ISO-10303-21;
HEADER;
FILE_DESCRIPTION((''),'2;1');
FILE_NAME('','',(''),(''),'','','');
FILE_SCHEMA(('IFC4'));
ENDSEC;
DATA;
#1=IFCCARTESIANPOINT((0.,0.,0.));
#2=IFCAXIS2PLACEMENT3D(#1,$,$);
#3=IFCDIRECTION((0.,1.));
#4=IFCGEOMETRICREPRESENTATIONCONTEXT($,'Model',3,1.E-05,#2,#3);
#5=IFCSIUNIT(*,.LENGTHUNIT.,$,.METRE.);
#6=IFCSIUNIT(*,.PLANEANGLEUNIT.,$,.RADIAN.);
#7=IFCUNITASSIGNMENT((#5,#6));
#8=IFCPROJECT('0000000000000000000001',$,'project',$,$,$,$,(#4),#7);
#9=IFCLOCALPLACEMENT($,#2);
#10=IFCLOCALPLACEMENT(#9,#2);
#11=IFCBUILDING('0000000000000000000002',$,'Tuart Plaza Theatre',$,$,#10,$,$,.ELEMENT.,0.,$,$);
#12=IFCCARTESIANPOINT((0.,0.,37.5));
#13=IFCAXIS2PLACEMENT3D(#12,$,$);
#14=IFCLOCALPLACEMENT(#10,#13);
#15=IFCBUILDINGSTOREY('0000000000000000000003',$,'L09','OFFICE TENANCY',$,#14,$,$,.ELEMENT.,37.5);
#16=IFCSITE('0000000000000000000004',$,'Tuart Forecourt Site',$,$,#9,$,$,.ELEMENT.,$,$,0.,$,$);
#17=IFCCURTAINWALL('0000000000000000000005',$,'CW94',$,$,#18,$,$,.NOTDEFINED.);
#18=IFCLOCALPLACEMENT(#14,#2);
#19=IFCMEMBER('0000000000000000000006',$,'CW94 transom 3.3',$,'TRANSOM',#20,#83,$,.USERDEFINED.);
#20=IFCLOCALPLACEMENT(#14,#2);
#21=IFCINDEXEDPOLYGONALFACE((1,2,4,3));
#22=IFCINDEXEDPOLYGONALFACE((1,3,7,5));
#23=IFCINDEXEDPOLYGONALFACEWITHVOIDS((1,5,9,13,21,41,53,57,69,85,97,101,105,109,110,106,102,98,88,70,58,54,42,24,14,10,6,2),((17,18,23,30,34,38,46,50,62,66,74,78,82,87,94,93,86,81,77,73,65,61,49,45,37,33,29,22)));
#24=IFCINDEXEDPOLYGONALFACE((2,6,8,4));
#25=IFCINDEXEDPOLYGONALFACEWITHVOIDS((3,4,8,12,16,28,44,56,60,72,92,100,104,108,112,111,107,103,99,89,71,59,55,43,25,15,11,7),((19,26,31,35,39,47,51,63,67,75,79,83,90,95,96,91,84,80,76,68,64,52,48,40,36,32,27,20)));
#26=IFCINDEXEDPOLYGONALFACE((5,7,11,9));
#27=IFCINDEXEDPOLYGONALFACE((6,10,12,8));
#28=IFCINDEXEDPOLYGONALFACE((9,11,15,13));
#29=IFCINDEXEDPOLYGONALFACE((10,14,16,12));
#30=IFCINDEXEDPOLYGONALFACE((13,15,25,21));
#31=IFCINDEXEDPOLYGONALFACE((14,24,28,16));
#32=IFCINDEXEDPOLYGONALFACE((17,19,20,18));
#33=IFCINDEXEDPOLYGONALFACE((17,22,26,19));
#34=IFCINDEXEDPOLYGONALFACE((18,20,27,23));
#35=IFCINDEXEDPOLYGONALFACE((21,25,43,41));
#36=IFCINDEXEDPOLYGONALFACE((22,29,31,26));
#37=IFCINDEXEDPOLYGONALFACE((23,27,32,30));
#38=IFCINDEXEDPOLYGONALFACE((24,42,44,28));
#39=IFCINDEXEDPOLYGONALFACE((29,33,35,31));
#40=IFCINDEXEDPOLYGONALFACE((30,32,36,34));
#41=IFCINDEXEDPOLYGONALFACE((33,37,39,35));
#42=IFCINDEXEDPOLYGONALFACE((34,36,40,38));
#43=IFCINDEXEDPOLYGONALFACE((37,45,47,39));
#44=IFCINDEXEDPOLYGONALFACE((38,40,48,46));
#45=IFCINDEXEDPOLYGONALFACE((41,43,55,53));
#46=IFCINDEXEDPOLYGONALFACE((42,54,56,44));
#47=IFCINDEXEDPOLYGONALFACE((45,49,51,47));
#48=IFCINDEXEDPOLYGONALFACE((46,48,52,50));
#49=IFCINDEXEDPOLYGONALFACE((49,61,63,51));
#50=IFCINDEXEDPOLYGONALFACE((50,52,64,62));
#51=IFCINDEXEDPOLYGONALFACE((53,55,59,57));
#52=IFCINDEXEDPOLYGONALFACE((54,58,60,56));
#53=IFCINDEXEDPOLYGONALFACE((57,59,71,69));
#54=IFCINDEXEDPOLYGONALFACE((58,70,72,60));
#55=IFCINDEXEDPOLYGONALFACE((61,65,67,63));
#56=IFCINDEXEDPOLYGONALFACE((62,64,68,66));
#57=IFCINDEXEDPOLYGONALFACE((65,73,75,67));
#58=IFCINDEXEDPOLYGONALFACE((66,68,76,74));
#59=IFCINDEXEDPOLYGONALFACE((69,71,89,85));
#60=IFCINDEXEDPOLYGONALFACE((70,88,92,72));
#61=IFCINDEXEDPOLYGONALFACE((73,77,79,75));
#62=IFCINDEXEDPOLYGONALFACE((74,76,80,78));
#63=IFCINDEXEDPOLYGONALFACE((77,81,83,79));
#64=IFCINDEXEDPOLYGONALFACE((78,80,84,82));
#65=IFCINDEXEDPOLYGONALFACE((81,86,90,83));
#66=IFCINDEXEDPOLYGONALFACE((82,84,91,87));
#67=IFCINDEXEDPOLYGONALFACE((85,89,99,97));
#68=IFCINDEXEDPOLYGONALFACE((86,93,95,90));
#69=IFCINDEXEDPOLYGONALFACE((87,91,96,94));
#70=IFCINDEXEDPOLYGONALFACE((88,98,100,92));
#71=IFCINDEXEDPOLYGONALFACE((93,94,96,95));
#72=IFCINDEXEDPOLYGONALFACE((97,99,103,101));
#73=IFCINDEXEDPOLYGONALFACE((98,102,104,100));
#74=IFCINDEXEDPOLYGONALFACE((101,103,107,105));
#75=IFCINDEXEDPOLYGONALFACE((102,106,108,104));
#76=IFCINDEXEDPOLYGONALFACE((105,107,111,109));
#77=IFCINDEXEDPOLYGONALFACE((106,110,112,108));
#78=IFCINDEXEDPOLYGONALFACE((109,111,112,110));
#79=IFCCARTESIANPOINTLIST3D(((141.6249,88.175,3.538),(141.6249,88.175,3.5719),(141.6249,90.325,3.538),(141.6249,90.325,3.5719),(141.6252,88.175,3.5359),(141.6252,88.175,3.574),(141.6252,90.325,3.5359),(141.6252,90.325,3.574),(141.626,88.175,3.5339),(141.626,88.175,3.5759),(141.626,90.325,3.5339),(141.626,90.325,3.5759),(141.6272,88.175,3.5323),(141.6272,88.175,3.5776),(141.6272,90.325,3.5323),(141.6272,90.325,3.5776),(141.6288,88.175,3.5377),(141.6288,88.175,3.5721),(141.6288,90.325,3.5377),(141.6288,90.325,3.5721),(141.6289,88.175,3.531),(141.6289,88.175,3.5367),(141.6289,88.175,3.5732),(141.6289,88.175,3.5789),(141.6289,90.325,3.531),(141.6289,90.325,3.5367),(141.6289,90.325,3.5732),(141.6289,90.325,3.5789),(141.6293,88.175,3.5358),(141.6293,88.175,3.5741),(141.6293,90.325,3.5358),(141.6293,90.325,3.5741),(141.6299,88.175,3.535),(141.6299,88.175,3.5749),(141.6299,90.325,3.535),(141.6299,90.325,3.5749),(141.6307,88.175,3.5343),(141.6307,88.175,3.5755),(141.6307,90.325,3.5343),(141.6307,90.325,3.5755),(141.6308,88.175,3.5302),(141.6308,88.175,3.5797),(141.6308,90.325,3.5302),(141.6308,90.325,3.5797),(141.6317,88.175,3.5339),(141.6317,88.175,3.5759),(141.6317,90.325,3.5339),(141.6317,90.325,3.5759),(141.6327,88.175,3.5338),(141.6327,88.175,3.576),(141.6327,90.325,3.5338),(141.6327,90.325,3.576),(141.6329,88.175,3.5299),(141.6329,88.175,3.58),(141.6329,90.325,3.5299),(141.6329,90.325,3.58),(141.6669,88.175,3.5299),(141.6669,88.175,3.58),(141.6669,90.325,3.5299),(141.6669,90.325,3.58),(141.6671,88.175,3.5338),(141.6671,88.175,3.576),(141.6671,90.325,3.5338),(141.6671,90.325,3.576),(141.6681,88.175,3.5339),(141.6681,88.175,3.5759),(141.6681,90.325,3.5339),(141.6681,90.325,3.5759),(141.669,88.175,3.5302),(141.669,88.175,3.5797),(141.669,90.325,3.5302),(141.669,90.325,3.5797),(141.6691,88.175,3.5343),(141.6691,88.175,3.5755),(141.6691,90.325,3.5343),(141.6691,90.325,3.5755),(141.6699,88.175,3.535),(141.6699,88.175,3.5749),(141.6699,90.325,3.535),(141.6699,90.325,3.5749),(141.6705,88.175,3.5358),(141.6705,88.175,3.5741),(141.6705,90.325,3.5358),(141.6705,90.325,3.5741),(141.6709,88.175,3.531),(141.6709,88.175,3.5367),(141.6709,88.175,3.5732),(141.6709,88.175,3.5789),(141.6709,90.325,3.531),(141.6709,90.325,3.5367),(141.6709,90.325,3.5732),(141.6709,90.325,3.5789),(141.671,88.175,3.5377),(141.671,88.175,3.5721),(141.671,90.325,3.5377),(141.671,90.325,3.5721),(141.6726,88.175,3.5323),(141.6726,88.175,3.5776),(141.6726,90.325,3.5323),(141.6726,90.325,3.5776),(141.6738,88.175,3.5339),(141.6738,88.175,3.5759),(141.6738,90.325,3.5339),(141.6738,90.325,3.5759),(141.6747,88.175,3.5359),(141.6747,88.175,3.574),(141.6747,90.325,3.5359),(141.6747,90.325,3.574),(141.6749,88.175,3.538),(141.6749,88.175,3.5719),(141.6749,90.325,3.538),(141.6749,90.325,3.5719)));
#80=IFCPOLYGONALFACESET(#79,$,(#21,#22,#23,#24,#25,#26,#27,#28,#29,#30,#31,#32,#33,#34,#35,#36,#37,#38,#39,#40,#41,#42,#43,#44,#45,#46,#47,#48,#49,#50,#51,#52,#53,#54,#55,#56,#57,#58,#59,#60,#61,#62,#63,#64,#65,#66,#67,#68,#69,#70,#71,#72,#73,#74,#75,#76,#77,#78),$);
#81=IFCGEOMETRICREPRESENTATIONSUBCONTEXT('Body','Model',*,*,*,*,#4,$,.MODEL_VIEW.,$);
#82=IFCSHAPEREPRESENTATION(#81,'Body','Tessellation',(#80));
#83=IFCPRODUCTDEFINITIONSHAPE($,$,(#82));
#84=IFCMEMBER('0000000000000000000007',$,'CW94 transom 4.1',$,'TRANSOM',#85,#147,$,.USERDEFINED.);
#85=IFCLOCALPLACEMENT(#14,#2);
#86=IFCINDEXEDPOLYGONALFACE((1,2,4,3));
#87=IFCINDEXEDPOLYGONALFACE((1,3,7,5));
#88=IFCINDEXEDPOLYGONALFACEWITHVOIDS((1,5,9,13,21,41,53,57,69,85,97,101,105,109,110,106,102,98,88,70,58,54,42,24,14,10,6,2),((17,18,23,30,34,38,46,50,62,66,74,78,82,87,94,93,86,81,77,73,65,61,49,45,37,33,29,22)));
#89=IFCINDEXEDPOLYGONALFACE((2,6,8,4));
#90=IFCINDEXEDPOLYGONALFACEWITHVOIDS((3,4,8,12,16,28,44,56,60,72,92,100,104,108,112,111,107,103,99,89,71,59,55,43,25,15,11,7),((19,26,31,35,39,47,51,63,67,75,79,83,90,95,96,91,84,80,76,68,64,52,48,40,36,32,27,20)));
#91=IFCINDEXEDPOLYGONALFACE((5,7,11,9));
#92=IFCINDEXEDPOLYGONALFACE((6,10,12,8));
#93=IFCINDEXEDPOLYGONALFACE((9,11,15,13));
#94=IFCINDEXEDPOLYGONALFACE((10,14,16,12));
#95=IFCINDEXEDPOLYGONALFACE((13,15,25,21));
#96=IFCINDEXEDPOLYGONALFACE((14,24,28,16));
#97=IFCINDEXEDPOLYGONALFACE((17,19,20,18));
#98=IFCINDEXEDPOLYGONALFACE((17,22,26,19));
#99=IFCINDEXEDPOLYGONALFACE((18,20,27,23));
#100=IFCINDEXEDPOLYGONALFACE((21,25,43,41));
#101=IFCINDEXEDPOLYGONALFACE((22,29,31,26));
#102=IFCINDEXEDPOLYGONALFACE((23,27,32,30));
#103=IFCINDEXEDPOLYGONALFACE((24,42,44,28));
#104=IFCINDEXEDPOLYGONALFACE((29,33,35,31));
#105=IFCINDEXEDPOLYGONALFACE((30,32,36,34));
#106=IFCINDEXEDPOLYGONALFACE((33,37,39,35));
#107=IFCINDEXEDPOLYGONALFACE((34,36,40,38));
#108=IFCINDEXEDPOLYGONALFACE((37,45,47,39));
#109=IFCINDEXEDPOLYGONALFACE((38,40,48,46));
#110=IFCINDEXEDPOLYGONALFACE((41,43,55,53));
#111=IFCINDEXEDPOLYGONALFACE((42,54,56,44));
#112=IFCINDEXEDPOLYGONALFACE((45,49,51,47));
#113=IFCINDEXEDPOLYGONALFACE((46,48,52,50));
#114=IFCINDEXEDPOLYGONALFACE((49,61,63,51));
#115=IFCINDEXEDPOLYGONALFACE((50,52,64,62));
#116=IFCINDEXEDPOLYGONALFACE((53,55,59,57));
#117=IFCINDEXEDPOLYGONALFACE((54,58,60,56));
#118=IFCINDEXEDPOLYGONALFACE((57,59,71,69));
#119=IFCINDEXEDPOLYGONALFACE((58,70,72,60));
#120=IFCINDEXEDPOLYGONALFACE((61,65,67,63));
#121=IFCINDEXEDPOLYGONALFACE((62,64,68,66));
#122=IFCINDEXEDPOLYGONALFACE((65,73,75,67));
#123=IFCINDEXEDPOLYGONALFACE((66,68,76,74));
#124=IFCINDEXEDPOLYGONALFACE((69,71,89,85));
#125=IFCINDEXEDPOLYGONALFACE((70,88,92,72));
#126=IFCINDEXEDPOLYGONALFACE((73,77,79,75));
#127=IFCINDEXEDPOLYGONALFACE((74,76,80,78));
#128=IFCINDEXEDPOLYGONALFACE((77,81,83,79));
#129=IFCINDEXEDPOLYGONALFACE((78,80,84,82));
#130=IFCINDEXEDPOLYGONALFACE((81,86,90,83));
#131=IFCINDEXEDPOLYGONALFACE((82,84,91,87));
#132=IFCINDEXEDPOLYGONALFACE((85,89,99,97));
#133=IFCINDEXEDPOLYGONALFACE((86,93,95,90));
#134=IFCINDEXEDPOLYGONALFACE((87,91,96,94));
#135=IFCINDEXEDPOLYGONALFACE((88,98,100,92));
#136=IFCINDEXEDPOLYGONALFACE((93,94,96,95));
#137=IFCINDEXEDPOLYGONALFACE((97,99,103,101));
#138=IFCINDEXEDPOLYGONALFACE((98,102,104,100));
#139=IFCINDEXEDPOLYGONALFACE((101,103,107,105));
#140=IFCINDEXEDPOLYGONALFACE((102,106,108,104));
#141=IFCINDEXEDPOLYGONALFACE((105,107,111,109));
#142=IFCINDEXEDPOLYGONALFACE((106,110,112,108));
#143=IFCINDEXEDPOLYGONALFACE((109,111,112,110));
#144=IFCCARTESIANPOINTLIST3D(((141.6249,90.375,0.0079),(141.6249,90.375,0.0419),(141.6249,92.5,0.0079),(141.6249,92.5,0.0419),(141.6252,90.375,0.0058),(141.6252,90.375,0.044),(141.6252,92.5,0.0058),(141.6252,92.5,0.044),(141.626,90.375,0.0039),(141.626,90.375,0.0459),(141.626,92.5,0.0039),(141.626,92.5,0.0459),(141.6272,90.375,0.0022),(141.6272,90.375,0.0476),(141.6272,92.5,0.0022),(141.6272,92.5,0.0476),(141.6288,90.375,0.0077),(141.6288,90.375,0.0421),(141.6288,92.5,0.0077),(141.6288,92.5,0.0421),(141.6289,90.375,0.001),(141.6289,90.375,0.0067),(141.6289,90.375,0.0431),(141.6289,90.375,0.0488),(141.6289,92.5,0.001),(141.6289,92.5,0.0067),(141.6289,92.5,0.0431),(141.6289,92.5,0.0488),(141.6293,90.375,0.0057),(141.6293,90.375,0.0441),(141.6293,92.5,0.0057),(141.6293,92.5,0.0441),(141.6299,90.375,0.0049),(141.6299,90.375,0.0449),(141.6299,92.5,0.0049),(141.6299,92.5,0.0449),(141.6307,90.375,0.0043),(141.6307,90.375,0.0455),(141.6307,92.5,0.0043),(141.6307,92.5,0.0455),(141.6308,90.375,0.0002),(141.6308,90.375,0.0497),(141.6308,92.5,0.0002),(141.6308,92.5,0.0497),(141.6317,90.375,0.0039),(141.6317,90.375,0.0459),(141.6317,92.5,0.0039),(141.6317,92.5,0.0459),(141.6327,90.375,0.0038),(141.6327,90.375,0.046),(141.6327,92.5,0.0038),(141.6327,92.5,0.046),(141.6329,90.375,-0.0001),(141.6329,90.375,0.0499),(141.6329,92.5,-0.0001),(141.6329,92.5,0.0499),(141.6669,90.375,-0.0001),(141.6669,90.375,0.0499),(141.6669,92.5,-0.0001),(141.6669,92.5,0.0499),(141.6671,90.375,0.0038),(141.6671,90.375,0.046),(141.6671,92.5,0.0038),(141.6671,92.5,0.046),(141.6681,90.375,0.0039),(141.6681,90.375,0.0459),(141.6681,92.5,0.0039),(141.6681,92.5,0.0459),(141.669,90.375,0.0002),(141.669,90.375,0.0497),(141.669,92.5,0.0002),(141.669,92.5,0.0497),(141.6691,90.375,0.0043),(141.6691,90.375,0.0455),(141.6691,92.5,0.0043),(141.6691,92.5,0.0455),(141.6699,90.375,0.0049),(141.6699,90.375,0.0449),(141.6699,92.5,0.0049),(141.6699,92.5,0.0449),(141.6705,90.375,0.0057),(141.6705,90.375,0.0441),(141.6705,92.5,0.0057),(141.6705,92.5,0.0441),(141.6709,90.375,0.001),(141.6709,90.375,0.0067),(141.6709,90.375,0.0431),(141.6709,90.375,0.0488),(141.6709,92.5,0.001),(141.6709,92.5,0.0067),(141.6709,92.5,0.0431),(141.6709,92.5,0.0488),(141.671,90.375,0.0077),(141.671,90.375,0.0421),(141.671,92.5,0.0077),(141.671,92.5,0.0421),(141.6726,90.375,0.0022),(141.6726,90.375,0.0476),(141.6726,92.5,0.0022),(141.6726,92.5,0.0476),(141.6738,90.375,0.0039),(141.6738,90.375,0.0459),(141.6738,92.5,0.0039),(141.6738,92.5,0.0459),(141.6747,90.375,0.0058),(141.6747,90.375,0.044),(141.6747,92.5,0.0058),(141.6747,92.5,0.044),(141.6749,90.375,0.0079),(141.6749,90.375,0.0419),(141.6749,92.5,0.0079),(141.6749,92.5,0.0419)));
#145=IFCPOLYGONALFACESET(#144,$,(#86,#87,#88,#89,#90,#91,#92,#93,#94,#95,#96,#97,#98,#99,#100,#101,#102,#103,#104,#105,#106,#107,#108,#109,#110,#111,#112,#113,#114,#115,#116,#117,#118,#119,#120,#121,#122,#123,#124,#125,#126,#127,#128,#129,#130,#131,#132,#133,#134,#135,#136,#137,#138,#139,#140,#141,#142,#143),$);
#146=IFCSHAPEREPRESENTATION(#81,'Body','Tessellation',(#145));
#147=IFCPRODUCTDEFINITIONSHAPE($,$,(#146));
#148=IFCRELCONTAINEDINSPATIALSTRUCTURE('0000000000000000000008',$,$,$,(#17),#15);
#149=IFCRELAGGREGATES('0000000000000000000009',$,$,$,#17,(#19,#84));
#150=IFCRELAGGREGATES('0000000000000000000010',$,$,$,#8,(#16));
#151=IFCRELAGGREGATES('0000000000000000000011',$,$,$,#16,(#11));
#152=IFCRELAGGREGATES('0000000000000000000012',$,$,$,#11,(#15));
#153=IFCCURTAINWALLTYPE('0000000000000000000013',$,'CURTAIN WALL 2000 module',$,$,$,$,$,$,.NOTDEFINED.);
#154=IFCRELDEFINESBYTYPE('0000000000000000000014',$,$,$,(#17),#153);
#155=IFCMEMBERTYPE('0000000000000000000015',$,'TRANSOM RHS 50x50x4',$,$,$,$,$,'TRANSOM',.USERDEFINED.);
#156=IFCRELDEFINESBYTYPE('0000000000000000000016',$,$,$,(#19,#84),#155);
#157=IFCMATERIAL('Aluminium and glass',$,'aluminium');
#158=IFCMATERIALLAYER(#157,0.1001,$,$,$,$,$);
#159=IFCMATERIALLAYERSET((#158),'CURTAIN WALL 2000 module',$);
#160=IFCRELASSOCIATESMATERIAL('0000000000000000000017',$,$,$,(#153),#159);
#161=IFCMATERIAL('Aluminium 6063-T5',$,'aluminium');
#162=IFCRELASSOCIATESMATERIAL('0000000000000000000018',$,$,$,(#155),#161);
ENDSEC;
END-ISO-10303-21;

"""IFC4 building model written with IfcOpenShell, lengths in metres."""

from ifc_helpers import new_model, si_unit, direction, frame, origin, origin_2d, place, context, subcontext, project, spatial, hollow_rectangle, extrude, material, layer, layer_set, material_profile, profile_set, type_object, element, aggregate, save


model = new_model("IFC4")

# Units and contexts
model_context = context("Model", 3, precision=1e-05, world=origin(), true_north=direction((0.0, 1.0)))
body_context = subcontext(model_context, "Body", "Model", "MODEL_VIEW")
ifc_project = project(units=[si_unit("LENGTHUNIT", "METRE"), si_unit("PLANEANGLEUNIT", "RADIAN")], contexts=[model_context])

# Site, building, storey
site_placement = place(None, origin())
site = spatial("IfcSite", under=ifc_project, at=site_placement, Name="Tuart Forecourt Site", CompositionType="ELEMENT", RefElevation=0.0)
building_placement = place(site_placement, origin())
building = spatial("IfcBuilding", under=site, at=building_placement, Name="Tuart Plaza Theatre", CompositionType="ELEMENT", ElevationOfRefHeight=0.0)
storey_placement = place(building_placement, frame((0.0, 0.0, 37.5)))
storey = spatial("IfcBuildingStorey", under=building, at=storey_placement, Name="L09", Description="OFFICE TENANCY", CompositionType="ELEMENT", Elevation=37.5)

# Curtain wall, members
ifc_material_1 = material(Name="Aluminium and glass", Category="aluminium")
ifc_layer_1 = layer(ifc_material_1, 0.1001)
ifc_layer_set_1 = layer_set([ifc_layer_1], Name="CURTAIN WALL 2000 module")
curtain_wall_type = type_object("IfcCurtainWallType", Name="CURTAIN WALL 2000 module", PredefinedType="NOTDEFINED", material=ifc_layer_set_1)
curtain_wall_placement = place(storey_placement, origin())
curtain_wall = element("IfcCurtainWall", 1, at=curtain_wall_placement, inside=storey, type_object=curtain_wall_type, Name="CW94", PredefinedType="NOTDEFINED")
ifc_material_2 = material(Name="Aluminium 6063-T5", Category="aluminium")
ifc_material_profile_1 = material_profile(ifc_material_2, hollow_rectangle(XDim=0.05, YDim=0.05, WallThickness=0.0039, InnerFilletRadius=0.0039, OuterFilletRadius=0.0081, at=origin_2d()), Name="RHS 50x50x4")
ifc_profile_set_1 = profile_set([ifc_material_profile_1], Name="Aluminium 6063-T5")
member_type_1 = type_object("IfcMemberType", Name="TRANSOM RHS 50x50x4", ElementType="TRANSOM", PredefinedType="USERDEFINED", material=ifc_profile_set_1)
member_1_placement = place(storey_placement, frame((141.6499, 88.175, 3.5549), z_axis=(0.0, 1.0, 0.0), x_axis=(-1.0, 0.0, 0.0)))
member_1 = element("IfcMember", 2, at=member_1_placement, type_object=member_type_1, Name="CW94 transom 3.3", ObjectType="TRANSOM", PredefinedType="USERDEFINED", context=body_context, shape_type="SweptSolid", body=[
    extrude(hollow_rectangle(XDim=0.05, YDim=0.05, WallThickness=0.0039, InnerFilletRadius=0.0039, OuterFilletRadius=0.0081, at=origin_2d()), origin(), (0.0, 0.0, 1.0), 2.1499),
])
member_2_placement = place(storey_placement, frame((141.6499, 90.375, 0.0249), z_axis=(0.0, 1.0, 0.0), x_axis=(-1.0, 0.0, 0.0)))
member_2 = element("IfcMember", 3, at=member_2_placement, type_object=member_type_1, Name="CW94 transom 4.1", ObjectType="TRANSOM", PredefinedType="USERDEFINED", context=body_context, shape_type="SweptSolid", body=[
    extrude(hollow_rectangle(XDim=0.05, YDim=0.05, WallThickness=0.0039, InnerFilletRadius=0.0039, OuterFilletRadius=0.0081, at=origin_2d()), origin(), (0.0, 0.0, 1.0), 2.125),
])
aggregate(curtain_wall, [member_1, member_2])

save(model, "model.ifc")
